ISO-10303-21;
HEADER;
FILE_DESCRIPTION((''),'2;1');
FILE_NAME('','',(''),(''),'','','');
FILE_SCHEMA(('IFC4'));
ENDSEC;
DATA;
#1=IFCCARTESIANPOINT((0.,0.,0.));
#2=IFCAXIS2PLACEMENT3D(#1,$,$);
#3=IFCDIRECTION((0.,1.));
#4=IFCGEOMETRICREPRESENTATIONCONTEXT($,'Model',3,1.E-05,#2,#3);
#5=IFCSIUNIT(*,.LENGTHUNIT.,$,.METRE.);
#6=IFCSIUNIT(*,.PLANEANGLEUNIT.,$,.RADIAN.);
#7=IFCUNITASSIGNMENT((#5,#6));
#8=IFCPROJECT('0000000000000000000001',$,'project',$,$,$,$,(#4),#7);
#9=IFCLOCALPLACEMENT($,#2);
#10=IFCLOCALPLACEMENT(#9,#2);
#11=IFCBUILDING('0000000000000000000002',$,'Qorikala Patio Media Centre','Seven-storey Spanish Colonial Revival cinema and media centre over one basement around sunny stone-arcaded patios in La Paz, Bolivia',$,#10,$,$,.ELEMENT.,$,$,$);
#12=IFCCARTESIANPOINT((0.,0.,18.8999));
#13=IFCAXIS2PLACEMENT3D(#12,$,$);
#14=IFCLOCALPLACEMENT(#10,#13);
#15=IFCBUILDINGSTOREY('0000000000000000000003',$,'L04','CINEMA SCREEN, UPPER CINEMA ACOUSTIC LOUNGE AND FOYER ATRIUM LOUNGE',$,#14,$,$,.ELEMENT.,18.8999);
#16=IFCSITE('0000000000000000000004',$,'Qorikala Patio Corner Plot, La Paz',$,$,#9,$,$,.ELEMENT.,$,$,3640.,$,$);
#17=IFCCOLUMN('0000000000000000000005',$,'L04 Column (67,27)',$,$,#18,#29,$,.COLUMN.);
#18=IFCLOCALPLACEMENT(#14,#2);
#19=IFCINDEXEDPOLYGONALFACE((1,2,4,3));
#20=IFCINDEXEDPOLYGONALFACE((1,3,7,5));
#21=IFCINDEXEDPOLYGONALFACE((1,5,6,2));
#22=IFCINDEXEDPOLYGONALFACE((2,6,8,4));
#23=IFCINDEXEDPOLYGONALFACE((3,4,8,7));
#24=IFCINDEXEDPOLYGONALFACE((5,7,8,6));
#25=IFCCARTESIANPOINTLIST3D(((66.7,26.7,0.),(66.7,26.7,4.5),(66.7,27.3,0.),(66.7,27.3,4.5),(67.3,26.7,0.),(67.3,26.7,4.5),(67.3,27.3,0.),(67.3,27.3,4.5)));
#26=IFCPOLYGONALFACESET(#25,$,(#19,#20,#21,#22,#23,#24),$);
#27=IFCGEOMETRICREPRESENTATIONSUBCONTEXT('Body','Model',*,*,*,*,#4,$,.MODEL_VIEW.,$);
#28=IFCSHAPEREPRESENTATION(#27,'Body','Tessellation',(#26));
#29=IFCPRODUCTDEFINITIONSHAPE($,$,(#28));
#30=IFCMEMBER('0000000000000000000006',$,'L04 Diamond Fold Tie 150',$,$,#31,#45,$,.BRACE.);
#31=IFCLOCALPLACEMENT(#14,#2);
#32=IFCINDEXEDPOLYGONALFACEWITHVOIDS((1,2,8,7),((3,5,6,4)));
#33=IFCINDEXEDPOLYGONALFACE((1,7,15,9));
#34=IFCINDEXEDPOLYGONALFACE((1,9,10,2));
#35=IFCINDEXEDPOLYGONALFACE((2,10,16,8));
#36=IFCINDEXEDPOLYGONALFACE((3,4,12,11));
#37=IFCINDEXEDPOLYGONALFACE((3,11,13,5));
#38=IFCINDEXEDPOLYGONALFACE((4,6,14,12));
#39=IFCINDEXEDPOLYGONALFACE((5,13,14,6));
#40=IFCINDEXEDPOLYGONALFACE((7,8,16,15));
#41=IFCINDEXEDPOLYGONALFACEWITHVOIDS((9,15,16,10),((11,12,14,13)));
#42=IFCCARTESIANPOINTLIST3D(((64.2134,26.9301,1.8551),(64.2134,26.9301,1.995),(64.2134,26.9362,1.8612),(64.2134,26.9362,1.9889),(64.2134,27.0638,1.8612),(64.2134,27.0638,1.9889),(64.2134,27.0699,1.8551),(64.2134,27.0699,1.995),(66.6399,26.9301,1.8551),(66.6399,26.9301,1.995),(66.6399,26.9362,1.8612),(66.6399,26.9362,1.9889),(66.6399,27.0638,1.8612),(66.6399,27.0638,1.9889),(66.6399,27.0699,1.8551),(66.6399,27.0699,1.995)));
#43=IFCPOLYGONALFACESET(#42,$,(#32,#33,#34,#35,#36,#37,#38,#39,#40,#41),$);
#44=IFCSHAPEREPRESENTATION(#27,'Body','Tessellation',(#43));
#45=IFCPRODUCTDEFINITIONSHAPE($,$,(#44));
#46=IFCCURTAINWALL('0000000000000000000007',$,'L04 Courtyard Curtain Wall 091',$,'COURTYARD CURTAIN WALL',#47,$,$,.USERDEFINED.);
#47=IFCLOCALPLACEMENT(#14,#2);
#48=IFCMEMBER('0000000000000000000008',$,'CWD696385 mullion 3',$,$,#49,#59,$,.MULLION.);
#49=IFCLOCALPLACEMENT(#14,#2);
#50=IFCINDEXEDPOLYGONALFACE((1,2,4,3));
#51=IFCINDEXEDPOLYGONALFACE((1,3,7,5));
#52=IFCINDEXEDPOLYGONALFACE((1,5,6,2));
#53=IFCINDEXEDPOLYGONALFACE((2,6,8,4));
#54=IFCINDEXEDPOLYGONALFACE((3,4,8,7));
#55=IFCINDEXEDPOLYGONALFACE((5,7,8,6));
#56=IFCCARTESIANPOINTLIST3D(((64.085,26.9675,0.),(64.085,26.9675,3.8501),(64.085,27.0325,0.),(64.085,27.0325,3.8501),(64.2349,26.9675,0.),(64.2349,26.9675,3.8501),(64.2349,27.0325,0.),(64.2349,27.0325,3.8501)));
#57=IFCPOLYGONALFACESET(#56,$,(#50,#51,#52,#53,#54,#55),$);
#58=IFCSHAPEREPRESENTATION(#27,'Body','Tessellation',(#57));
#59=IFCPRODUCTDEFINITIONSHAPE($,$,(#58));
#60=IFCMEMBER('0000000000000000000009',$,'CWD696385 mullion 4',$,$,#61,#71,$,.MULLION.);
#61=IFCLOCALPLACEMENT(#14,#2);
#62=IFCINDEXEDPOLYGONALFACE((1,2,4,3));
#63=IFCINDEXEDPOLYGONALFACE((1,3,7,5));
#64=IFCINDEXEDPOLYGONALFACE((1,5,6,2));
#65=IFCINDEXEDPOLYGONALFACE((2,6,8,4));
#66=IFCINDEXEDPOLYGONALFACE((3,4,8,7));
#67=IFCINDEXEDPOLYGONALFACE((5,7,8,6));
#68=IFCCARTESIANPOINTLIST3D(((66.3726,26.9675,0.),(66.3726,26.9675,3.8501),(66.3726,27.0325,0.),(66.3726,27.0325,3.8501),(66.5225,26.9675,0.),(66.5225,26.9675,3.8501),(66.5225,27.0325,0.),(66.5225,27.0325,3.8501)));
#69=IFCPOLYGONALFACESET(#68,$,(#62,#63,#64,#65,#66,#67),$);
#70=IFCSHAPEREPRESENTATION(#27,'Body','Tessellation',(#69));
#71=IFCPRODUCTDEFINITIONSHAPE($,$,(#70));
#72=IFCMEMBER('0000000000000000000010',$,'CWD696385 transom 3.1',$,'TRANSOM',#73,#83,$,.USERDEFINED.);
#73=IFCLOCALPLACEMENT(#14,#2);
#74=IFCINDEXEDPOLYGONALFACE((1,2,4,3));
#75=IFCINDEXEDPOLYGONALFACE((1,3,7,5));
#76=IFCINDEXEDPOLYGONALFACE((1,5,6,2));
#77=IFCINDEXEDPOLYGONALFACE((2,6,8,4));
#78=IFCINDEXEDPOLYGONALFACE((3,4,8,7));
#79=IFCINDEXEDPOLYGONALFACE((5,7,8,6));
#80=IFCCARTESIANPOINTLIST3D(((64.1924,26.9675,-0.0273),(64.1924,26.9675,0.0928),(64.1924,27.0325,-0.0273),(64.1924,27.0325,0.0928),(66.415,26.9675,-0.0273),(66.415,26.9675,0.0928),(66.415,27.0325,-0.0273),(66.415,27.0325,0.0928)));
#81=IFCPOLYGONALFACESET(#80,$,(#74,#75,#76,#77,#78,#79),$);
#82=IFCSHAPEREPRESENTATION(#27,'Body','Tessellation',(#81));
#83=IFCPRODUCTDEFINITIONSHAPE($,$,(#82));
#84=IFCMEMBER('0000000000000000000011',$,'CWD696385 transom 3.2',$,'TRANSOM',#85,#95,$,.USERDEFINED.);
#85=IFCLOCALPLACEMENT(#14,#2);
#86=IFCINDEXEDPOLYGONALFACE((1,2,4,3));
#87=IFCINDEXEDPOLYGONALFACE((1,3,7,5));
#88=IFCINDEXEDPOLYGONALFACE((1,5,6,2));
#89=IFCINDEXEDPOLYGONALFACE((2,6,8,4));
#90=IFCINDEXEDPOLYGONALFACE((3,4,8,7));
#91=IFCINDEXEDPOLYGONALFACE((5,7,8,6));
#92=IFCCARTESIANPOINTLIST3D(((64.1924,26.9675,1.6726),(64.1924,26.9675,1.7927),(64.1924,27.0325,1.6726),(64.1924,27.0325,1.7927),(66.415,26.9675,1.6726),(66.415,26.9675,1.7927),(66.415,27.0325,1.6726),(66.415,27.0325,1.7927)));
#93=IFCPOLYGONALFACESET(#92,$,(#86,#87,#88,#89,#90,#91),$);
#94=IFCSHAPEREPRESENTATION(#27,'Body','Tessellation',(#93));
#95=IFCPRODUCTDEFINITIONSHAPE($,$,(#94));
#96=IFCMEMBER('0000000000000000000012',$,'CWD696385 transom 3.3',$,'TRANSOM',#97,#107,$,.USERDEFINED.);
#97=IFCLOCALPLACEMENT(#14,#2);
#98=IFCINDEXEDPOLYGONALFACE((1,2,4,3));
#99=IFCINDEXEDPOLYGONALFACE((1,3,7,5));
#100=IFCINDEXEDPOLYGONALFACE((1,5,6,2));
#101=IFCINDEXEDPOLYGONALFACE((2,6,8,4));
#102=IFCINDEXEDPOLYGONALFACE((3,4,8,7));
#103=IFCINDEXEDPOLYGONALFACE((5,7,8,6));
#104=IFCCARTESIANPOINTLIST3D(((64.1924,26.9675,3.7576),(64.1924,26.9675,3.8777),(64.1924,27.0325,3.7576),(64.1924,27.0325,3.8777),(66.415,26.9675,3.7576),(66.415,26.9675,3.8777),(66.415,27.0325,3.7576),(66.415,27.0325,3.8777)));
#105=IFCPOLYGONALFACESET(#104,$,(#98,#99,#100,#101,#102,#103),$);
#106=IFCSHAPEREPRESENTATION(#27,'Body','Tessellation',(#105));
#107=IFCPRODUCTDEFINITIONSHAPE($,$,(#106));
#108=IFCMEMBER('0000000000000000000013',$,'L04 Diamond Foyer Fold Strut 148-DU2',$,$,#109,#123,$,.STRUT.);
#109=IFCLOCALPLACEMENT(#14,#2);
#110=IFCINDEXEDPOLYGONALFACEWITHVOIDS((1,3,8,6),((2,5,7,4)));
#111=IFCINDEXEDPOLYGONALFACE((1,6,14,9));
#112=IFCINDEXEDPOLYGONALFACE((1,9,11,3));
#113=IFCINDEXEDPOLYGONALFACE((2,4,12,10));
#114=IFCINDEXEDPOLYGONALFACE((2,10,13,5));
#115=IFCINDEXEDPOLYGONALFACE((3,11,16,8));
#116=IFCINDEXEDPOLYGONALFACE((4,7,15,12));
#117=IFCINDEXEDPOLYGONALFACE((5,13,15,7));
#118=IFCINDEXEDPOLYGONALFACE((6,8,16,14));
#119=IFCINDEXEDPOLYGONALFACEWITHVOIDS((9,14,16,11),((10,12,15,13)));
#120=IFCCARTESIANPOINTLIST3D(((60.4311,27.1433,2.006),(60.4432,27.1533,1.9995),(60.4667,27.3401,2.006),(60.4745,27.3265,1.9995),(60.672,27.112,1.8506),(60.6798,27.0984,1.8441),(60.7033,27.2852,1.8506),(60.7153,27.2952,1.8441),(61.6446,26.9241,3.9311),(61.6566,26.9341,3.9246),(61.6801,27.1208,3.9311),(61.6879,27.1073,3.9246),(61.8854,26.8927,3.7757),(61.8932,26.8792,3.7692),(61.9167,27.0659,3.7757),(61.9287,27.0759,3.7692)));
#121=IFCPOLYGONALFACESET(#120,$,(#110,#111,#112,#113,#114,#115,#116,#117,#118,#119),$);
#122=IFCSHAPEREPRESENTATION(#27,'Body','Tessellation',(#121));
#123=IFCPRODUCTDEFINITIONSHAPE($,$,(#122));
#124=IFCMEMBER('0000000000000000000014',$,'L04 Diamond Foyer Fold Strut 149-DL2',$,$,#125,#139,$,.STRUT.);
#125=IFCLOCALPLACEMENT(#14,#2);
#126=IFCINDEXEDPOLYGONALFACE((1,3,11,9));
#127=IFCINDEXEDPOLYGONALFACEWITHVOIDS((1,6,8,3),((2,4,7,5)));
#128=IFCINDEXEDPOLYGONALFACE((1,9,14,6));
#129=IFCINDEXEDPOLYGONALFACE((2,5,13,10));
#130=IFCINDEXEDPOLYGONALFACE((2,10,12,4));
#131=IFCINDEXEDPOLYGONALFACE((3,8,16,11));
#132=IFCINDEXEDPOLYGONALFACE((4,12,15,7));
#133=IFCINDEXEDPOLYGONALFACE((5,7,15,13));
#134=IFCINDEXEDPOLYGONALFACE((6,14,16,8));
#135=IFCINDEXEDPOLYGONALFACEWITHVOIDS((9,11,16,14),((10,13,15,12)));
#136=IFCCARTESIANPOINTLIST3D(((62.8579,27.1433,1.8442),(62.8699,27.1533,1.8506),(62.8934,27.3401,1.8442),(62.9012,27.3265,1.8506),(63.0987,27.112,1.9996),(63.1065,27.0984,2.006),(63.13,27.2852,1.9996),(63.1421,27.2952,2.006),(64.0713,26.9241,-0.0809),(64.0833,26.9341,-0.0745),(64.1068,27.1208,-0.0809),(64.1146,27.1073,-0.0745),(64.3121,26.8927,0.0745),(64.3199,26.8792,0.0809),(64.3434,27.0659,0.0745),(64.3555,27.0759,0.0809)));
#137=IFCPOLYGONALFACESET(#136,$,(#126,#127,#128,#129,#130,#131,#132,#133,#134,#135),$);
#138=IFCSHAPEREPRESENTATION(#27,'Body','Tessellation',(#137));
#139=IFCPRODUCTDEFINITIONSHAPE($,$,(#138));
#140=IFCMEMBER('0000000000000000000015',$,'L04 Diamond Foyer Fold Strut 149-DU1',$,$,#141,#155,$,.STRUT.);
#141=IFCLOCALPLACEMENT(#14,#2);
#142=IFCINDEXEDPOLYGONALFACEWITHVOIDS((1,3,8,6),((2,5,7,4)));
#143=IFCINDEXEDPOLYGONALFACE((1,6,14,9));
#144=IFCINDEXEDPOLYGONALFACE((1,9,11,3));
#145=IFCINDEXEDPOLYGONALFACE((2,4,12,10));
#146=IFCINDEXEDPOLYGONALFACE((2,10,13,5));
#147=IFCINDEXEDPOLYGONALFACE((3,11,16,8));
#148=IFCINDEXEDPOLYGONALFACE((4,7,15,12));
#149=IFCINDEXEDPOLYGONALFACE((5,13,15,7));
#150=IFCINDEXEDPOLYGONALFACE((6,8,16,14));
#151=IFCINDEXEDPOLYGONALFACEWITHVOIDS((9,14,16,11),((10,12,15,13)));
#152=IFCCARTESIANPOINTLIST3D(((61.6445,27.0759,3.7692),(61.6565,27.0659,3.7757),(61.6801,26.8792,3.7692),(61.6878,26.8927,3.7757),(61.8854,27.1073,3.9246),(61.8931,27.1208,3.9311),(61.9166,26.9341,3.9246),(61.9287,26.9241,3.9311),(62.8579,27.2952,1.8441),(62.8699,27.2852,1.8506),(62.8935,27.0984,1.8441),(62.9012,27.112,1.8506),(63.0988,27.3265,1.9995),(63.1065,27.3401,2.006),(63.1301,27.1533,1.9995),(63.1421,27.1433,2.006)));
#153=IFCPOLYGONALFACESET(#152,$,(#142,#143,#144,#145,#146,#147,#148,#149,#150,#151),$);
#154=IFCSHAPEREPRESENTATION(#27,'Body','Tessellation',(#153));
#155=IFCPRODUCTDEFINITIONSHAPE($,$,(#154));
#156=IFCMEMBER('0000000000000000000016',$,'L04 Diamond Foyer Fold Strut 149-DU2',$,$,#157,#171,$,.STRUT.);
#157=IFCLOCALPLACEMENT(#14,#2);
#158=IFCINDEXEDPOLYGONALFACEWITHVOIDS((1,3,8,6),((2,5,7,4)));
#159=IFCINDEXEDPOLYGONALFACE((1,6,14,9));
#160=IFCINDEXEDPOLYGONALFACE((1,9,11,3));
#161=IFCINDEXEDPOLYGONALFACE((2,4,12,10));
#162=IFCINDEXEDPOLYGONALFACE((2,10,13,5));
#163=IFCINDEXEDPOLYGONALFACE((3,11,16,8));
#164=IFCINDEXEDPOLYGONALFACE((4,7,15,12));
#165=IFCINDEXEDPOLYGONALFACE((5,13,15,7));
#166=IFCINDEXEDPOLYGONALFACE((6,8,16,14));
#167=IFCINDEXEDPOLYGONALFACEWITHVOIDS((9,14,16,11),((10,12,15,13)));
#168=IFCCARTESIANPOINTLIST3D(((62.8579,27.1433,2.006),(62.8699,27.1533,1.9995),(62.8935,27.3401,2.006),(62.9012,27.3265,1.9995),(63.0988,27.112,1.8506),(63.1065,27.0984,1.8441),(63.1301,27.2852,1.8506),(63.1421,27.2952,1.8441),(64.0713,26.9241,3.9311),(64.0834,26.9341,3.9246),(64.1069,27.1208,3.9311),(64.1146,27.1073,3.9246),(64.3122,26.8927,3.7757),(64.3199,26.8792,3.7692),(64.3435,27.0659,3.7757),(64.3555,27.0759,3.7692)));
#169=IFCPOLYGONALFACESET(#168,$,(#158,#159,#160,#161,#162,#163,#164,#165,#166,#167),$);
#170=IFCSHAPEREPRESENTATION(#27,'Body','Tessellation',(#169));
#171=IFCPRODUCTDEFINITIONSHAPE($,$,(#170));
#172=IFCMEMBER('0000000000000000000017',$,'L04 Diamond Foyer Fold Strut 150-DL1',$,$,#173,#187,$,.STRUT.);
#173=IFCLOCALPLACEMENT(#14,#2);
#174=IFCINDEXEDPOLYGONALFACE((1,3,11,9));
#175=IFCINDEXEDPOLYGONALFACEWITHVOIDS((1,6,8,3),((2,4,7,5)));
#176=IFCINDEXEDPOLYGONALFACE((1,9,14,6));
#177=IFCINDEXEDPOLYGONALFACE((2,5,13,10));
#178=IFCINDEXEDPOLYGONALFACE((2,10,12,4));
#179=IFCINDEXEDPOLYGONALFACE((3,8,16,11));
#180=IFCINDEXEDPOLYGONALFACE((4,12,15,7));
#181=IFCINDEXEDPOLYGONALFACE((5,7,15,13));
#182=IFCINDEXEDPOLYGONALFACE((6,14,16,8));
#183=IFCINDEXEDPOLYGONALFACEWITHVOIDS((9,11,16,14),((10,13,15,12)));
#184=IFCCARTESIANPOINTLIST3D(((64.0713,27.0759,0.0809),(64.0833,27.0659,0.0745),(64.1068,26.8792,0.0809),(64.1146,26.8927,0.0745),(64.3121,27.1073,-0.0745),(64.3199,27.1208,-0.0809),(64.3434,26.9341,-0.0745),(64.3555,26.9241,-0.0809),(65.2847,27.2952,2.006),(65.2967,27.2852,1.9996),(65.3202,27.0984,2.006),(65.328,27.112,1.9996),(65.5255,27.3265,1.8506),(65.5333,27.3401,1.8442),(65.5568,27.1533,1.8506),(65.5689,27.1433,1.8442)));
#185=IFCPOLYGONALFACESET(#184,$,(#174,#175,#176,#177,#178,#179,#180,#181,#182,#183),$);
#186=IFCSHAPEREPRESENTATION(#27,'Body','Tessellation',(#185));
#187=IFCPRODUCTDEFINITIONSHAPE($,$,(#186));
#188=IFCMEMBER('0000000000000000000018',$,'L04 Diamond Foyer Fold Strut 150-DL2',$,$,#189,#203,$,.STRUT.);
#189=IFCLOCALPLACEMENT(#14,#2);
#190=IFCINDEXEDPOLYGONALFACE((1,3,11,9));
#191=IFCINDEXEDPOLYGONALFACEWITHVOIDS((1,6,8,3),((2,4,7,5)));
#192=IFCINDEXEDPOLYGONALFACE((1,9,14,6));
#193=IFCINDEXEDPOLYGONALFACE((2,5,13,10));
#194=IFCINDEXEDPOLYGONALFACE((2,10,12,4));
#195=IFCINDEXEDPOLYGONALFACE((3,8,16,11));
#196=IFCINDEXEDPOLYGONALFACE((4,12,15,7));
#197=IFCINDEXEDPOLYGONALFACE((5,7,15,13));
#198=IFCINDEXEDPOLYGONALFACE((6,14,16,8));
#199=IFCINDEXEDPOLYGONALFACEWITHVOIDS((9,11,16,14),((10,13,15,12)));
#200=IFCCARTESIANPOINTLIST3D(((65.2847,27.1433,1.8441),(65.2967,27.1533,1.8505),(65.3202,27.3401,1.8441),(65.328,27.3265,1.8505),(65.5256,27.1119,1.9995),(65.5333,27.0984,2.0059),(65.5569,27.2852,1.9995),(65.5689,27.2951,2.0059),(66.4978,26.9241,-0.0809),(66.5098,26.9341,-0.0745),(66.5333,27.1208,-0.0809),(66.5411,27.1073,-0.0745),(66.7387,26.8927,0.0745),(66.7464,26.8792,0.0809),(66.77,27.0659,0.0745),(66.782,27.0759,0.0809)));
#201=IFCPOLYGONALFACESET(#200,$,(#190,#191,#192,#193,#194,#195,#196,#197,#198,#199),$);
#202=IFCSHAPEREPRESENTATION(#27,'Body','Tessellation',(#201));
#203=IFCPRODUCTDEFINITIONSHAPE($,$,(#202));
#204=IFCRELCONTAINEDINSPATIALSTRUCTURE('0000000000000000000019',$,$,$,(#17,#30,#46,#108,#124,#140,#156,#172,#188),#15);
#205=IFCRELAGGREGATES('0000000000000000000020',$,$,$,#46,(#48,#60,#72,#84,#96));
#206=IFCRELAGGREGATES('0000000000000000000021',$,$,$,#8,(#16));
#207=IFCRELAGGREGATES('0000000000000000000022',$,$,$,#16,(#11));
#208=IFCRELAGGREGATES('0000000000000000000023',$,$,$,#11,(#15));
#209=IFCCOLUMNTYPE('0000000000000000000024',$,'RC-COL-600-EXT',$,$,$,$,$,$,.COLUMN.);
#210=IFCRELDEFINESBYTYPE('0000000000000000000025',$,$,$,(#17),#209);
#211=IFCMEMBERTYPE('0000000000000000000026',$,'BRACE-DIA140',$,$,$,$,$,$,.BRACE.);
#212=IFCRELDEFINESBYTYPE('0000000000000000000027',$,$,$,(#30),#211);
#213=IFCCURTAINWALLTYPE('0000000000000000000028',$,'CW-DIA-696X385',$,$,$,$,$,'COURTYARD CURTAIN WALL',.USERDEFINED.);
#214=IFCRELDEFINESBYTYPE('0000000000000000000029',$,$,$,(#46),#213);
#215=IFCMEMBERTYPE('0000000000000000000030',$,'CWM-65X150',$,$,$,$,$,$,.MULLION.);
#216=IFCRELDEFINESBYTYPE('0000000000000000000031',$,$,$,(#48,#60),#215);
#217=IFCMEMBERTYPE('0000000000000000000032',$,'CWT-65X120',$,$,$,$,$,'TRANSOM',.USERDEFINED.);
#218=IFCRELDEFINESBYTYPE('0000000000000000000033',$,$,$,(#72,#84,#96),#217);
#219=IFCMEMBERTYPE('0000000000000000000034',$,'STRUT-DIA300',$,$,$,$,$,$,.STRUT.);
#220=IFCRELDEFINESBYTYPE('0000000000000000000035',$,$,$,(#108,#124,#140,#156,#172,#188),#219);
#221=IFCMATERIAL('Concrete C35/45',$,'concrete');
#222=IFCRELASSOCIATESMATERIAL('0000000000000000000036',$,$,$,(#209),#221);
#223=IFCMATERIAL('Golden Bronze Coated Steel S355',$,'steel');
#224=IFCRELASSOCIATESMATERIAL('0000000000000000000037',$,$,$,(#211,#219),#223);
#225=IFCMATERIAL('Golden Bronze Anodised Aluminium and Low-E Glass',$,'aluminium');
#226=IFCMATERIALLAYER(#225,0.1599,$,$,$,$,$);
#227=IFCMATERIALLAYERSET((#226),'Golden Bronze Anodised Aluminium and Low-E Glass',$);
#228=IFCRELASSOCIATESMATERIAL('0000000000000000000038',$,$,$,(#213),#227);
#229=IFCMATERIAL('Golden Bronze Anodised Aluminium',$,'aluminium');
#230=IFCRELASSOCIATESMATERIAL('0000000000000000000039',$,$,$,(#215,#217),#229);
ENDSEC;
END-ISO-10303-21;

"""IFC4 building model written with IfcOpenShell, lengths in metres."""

from ifc_helpers import new_model, si_unit, direction, frame, origin, origin_2d, place, context, subcontext, project, spatial, rectangle, hollow_rectangle, extrude, material, layer, layer_set, material_profile, profile_set, type_object, element, aggregate, save


model = new_model("IFC4")

# Units and contexts
model_context = context("Model", 3, precision=1e-05, world=origin(), true_north=direction((0.0, 1.0)))
body_context = subcontext(model_context, "Body", "Model", "MODEL_VIEW")
ifc_project = project(units=[si_unit("LENGTHUNIT", "METRE"), si_unit("PLANEANGLEUNIT", "RADIAN")], contexts=[model_context])

# Site, building, storey
site_placement = place(None, origin())
site = spatial("IfcSite", under=ifc_project, at=site_placement, Name="Qorikala Patio Corner Plot, La Paz", CompositionType="ELEMENT", RefElevation=3640.0)
building_placement = place(site_placement, origin())
building = spatial("IfcBuilding", under=site, at=building_placement, Name="Qorikala Patio Media Centre", Description="Seven-storey Spanish Colonial Revival cinema and media centre over one basement around sunny stone-arcaded patios in La Paz, Bolivia", CompositionType="ELEMENT")
storey_placement = place(building_placement, frame((0.0, 0.0, 18.8999)))
storey = spatial("IfcBuildingStorey", under=building, at=storey_placement, Name="L04", Description="CINEMA SCREEN, UPPER CINEMA ACOUSTIC LOUNGE AND FOYER ATRIUM LOUNGE", CompositionType="ELEMENT", Elevation=18.8999)

# Column
ifc_material_1 = material(Name="Concrete C35/45", Category="concrete")
ifc_material_profile_1 = material_profile(ifc_material_1, rectangle(XDim=0.6001, YDim=0.6001, at=origin_2d()), Name="RC 600x600")
ifc_profile_set_1 = profile_set([ifc_material_profile_1], Name="Concrete C35/45")
column_type = type_object("IfcColumnType", Name="RC-COL-600-EXT", PredefinedType="COLUMN", material=ifc_profile_set_1)
column_placement = place(storey_placement, frame((67.0, 27.0, 0.0), z_axis=(0.0, 0.0, 1.0), x_axis=(1.0, 0.0, 0.0)))
element("IfcColumn", 1, at=column_placement, inside=storey, type_object=column_type, Name="L04 Column (67,27)", PredefinedType="COLUMN", context=body_context, shape_type="SweptSolid", body=[
    extrude(rectangle(XDim=0.6001, YDim=0.6001, at=origin_2d()), origin(), (0.0, 0.0, 1.0), 4.5),
])

# Member
ifc_material_2 = material(Name="Golden Bronze Coated Steel S355", Category="steel")
ifc_material_profile_2 = material_profile(ifc_material_2, hollow_rectangle(XDim=0.1399, YDim=0.1399, WallThickness=0.0061, at=origin_2d()), Name="HSS140X140X6")
ifc_profile_set_2 = profile_set([ifc_material_profile_2], Name="Golden Bronze Coated Steel S355")
member_type_1 = type_object("IfcMemberType", Name="BRACE-DIA140", PredefinedType="BRACE", material=ifc_profile_set_2)
member_1_placement = place(storey_placement, frame((64.2134, 27.0, 1.925), z_axis=(1.0, 0.0, 0.0), x_axis=(0.0, 1.0, 0.0)))
element("IfcMember", 2, at=member_1_placement, inside=storey, type_object=member_type_1, Name="L04 Diamond Fold Tie 150", PredefinedType="BRACE", context=body_context, shape_type="SweptSolid", body=[
    extrude(hollow_rectangle(XDim=0.1399, YDim=0.1399, WallThickness=0.0061, at=origin_2d()), origin(), (0.0, 0.0, 1.0), 2.4265),
])

# Curtain wall, members
ifc_material_3 = material(Name="Golden Bronze Anodised Aluminium and Low-E Glass", Category="aluminium")
ifc_layer_1 = layer(ifc_material_3, 0.1599)
ifc_layer_set_1 = layer_set([ifc_layer_1], Name="Golden Bronze Anodised Aluminium and Low-E Glass")
curtain_wall_type = type_object("IfcCurtainWallType", Name="CW-DIA-696X385", ElementType="COURTYARD CURTAIN WALL", PredefinedType="USERDEFINED", material=ifc_layer_set_1)
curtain_wall_placement = place(storey_placement, origin())
curtain_wall = element("IfcCurtainWall", 3, at=curtain_wall_placement, inside=storey, type_object=curtain_wall_type, Name="L04 Courtyard Curtain Wall 091", ObjectType="COURTYARD CURTAIN WALL", PredefinedType="USERDEFINED")
ifc_material_4 = material(Name="Golden Bronze Anodised Aluminium", Category="aluminium")
ifc_material_profile_3 = material_profile(ifc_material_4, rectangle(XDim=0.0649, YDim=0.1499, at=origin_2d()), Name="ALU MULLION 65x150")
ifc_profile_set_3 = profile_set([ifc_material_profile_3], Name="Golden Bronze Anodised Aluminium")
member_type_2 = type_object("IfcMemberType", Name="CWM-65X150", PredefinedType="MULLION", material=ifc_profile_set_3)
member_2_placement = place(storey_placement, frame((64.1599, 27.0, 0.0), z_axis=(0.0, 0.0, 1.0), x_axis=(0.0, 1.0, 0.0)))
member_2 = element("IfcMember", 4, at=member_2_placement, type_object=member_type_2, Name="CWD696385 mullion 3", PredefinedType="MULLION", context=body_context, shape_type="SweptSolid", body=[
    extrude(rectangle(XDim=0.0649, YDim=0.1499, at=origin_2d()), origin(), (0.0, 0.0, 1.0), 3.8501),
])
member_3_placement = place(storey_placement, frame((66.4475, 27.0, 0.0), z_axis=(0.0, 0.0, 1.0), x_axis=(0.0, 1.0, 0.0)))
member_3 = element("IfcMember", 5, at=member_3_placement, type_object=member_type_2, Name="CWD696385 mullion 4", PredefinedType="MULLION", context=body_context, shape_type="SweptSolid", body=[
    extrude(rectangle(XDim=0.0649, YDim=0.1499, at=origin_2d()), origin(), (0.0, 0.0, 1.0), 3.8501),
])
ifc_material_profile_4 = material_profile(ifc_material_4, rectangle(XDim=0.0649, YDim=0.1201, at=origin_2d()), Name="ALU TRANSOM 65x120")
ifc_profile_set_4 = profile_set([ifc_material_profile_4], Name="Golden Bronze Anodised Aluminium")
member_type_3 = type_object("IfcMemberType", Name="CWT-65X120", ElementType="TRANSOM", PredefinedType="USERDEFINED", material=ifc_profile_set_4)
member_4_placement = place(storey_placement, frame((64.1924, 27.0, 0.0327), z_axis=(1.0, 0.0, 0.0), x_axis=(0.0, 1.0, 0.0)))
member_4 = element("IfcMember", 6, at=member_4_placement, type_object=member_type_3, Name="CWD696385 transom 3.1", ObjectType="TRANSOM", PredefinedType="USERDEFINED", context=body_context, shape_type="SweptSolid", body=[
    extrude(rectangle(XDim=0.0649, YDim=0.1201, at=origin_2d()), origin(), (0.0, 0.0, 1.0), 2.2227),
])
member_5_placement = place(storey_placement, frame((64.1924, 27.0, 1.7327), z_axis=(1.0, 0.0, 0.0), x_axis=(0.0, 1.0, 0.0)))
member_5 = element("IfcMember", 7, at=member_5_placement, type_object=member_type_3, Name="CWD696385 transom 3.2", ObjectType="TRANSOM", PredefinedType="USERDEFINED", context=body_context, shape_type="SweptSolid", body=[
    extrude(rectangle(XDim=0.0649, YDim=0.1201, at=origin_2d()), origin(), (0.0, 0.0, 1.0), 2.2227),
])
member_6_placement = place(storey_placement, frame((64.1924, 27.0, 3.8176), z_axis=(1.0, 0.0, 0.0), x_axis=(0.0, 1.0, 0.0)))
member_6 = element("IfcMember", 8, at=member_6_placement, type_object=member_type_3, Name="CWD696385 transom 3.3", ObjectType="TRANSOM", PredefinedType="USERDEFINED", context=body_context, shape_type="SweptSolid", body=[
    extrude(rectangle(XDim=0.0649, YDim=0.1201, at=origin_2d()), origin(), (0.0, 0.0, 1.0), 2.2227),
])

# Members
ifc_material_profile_5 = material_profile(ifc_material_2, hollow_rectangle(XDim=0.2, YDim=0.3, WallThickness=0.012, at=origin_2d()), Name="HSS300X200X12")
ifc_profile_set_5 = profile_set([ifc_material_profile_5], Name="Golden Bronze Coated Steel S355")
member_type_4 = type_object("IfcMemberType", Name="STRUT-DIA300", PredefinedType="STRUT", material=ifc_profile_set_5)
for number, where, z_axis, x_axis, name in (
    (9, (60.5732, 27.2192, 1.925), (0.530768, -0.095901, 0.842074), (0.177805, 0.984066, 0.0), "L04 Diamond Foyer Fold Strut 148-DU2"),
    (10, (64.2134, 27.0, 0.0), (-0.530768, 0.095901, 0.842074), (-0.177805, -0.984066, 0.0), "L04 Diamond Foyer Fold Strut 149-DL2"),
    (11, (63.0, 27.2192, 1.925), (-0.530768, -0.095901, 0.842074), (0.177805, -0.984066, 0.0), "L04 Diamond Foyer Fold Strut 149-DU1"),
    (12, (63.0, 27.2192, 1.925), (0.530768, -0.095901, 0.842074), (0.177805, 0.984066, 0.0), "L04 Diamond Foyer Fold Strut 149-DU2"),
    (13, (64.2134, 27.0, 0.0), (0.530768, 0.095901, 0.842074), (-0.177805, 0.984066, 0.0), "L04 Diamond Foyer Fold Strut 150-DL1"),
):
    element("IfcMember", number, at=place(storey_placement, frame(where, z_axis=z_axis, x_axis=x_axis)), inside=storey, type_object=member_type_4, Name=name, PredefinedType="STRUT", context=body_context, shape_type="SweptSolid", body=[
        extrude(hollow_rectangle(XDim=0.2, YDim=0.3, WallThickness=0.012, at=origin_2d()), origin(), (0.0, 0.0, 1.0), 2.2861),
    ])
member_7_placement = place(storey_placement, frame((66.6399, 27.0, 0.0), z_axis=(-0.530691, 0.095907, 0.842121), x_axis=(-0.17784, -0.984059, 0.0)))
element("IfcMember", 14, at=member_7_placement, inside=storey, type_object=member_type_4, Name="L04 Diamond Foyer Fold Strut 150-DL2", PredefinedType="STRUT", context=body_context, shape_type="SweptSolid", body=[
    extrude(hollow_rectangle(XDim=0.2, YDim=0.3, WallThickness=0.012, at=origin_2d()), origin(), (0.0, 0.0, 1.0), 2.2859),
])

aggregate(curtain_wall, [member_2, member_3, member_4, member_5, member_6])

save(model, "model.ifc")
